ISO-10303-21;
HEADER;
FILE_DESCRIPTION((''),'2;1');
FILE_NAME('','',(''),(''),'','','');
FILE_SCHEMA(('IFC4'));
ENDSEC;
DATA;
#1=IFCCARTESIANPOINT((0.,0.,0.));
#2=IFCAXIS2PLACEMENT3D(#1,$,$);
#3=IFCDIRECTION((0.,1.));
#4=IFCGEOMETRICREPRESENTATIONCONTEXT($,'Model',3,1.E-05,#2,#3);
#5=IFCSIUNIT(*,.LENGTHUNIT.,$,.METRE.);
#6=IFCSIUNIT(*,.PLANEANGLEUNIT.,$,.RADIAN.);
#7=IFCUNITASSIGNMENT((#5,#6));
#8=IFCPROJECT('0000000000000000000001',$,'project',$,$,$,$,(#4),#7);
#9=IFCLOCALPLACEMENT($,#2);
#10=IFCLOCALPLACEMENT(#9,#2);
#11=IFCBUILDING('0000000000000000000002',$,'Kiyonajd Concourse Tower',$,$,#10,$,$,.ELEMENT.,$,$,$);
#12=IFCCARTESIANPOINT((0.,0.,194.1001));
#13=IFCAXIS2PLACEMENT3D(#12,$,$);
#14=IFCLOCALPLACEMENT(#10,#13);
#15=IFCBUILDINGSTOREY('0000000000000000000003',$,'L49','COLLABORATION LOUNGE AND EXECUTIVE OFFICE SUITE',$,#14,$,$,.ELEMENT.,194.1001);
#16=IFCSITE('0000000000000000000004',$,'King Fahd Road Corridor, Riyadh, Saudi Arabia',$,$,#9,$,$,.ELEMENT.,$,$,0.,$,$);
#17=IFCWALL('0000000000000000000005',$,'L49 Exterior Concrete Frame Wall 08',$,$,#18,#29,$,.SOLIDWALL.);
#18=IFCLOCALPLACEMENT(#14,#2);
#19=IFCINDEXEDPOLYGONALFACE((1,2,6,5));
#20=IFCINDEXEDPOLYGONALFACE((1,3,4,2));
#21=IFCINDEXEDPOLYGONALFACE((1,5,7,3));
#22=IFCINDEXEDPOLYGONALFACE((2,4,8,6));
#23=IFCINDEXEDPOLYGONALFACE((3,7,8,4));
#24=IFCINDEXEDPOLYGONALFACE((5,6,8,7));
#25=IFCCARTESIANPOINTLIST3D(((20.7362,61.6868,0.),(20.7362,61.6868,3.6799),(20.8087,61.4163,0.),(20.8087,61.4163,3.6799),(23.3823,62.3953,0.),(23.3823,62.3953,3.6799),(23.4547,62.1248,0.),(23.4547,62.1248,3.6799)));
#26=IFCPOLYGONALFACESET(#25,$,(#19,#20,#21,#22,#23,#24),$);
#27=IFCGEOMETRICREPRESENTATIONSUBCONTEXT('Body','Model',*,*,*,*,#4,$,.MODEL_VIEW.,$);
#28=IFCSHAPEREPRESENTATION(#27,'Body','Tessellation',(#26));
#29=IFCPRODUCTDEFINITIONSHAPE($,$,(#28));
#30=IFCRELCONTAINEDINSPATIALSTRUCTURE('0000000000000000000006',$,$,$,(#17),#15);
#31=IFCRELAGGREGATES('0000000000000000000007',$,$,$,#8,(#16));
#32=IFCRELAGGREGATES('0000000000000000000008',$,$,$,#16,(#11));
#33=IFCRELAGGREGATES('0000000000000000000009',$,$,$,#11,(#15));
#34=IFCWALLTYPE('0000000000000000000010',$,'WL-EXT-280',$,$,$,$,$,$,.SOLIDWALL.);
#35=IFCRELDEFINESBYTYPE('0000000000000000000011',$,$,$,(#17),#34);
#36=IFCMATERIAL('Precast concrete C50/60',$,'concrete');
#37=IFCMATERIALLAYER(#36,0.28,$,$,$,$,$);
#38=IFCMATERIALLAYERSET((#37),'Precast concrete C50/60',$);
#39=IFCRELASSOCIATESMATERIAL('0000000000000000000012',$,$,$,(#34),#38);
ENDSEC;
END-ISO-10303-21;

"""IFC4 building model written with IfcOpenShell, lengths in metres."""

from ifc_helpers import new_model, si_unit, direction, frame, frame_2d, origin, place, context, subcontext, project, spatial, rectangle, extrude, material, layer, layer_set, type_object, element, save


model = new_model("IFC4")

# Units and contexts
model_context = context("Model", 3, precision=1e-05, world=origin(), true_north=direction((0.0, 1.0)))
body_context = subcontext(model_context, "Body", "Model", "MODEL_VIEW")
ifc_project = project(units=[si_unit("LENGTHUNIT", "METRE"), si_unit("PLANEANGLEUNIT", "RADIAN")], contexts=[model_context])

# Site, building, storey
site_placement = place(None, origin())
site = spatial("IfcSite", under=ifc_project, at=site_placement, Name="King Fahd Road Corridor, Riyadh, Saudi Arabia", CompositionType="ELEMENT", RefElevation=0.0)
building_placement = place(site_placement, origin())
building = spatial("IfcBuilding", under=site, at=building_placement, Name="Kiyonajd Concourse Tower", CompositionType="ELEMENT")
storey_placement = place(building_placement, frame((0.0, 0.0, 194.1001)))
storey = spatial("IfcBuildingStorey", under=building, at=storey_placement, Name="L49", Description="COLLABORATION LOUNGE AND EXECUTIVE OFFICE SUITE", CompositionType="ELEMENT", Elevation=194.1001)

# Wall
ifc_material_1 = material(Name="Precast concrete C50/60", Category="concrete")
ifc_layer_1 = layer(ifc_material_1, 0.28)
ifc_layer_set_1 = layer_set([ifc_layer_1], Name="Precast concrete C50/60")
wall_type = type_object("IfcWallType", Name="WL-EXT-280", PredefinedType="SOLIDWALL", material=ifc_layer_set_1)
wall_1_placement = place(storey_placement, frame((20.7725, 61.5515, 0.0), z_axis=(0.0, 0.0, 1.0), x_axis=(0.965971, 0.25865, 0.0)))
element("IfcWall", 1, at=wall_1_placement, inside=storey, type_object=wall_type, Name="L49 Exterior Concrete Frame Wall 08", PredefinedType="SOLIDWALL", context=body_context, shape_type="SweptSolid", body=[
    extrude(rectangle(XDim=2.7393, YDim=0.28, at=frame_2d((1.3696, 0.0))), origin(), (0.0, 0.0, 1.0), 3.6799),
])

save(model, "model.ifc")
